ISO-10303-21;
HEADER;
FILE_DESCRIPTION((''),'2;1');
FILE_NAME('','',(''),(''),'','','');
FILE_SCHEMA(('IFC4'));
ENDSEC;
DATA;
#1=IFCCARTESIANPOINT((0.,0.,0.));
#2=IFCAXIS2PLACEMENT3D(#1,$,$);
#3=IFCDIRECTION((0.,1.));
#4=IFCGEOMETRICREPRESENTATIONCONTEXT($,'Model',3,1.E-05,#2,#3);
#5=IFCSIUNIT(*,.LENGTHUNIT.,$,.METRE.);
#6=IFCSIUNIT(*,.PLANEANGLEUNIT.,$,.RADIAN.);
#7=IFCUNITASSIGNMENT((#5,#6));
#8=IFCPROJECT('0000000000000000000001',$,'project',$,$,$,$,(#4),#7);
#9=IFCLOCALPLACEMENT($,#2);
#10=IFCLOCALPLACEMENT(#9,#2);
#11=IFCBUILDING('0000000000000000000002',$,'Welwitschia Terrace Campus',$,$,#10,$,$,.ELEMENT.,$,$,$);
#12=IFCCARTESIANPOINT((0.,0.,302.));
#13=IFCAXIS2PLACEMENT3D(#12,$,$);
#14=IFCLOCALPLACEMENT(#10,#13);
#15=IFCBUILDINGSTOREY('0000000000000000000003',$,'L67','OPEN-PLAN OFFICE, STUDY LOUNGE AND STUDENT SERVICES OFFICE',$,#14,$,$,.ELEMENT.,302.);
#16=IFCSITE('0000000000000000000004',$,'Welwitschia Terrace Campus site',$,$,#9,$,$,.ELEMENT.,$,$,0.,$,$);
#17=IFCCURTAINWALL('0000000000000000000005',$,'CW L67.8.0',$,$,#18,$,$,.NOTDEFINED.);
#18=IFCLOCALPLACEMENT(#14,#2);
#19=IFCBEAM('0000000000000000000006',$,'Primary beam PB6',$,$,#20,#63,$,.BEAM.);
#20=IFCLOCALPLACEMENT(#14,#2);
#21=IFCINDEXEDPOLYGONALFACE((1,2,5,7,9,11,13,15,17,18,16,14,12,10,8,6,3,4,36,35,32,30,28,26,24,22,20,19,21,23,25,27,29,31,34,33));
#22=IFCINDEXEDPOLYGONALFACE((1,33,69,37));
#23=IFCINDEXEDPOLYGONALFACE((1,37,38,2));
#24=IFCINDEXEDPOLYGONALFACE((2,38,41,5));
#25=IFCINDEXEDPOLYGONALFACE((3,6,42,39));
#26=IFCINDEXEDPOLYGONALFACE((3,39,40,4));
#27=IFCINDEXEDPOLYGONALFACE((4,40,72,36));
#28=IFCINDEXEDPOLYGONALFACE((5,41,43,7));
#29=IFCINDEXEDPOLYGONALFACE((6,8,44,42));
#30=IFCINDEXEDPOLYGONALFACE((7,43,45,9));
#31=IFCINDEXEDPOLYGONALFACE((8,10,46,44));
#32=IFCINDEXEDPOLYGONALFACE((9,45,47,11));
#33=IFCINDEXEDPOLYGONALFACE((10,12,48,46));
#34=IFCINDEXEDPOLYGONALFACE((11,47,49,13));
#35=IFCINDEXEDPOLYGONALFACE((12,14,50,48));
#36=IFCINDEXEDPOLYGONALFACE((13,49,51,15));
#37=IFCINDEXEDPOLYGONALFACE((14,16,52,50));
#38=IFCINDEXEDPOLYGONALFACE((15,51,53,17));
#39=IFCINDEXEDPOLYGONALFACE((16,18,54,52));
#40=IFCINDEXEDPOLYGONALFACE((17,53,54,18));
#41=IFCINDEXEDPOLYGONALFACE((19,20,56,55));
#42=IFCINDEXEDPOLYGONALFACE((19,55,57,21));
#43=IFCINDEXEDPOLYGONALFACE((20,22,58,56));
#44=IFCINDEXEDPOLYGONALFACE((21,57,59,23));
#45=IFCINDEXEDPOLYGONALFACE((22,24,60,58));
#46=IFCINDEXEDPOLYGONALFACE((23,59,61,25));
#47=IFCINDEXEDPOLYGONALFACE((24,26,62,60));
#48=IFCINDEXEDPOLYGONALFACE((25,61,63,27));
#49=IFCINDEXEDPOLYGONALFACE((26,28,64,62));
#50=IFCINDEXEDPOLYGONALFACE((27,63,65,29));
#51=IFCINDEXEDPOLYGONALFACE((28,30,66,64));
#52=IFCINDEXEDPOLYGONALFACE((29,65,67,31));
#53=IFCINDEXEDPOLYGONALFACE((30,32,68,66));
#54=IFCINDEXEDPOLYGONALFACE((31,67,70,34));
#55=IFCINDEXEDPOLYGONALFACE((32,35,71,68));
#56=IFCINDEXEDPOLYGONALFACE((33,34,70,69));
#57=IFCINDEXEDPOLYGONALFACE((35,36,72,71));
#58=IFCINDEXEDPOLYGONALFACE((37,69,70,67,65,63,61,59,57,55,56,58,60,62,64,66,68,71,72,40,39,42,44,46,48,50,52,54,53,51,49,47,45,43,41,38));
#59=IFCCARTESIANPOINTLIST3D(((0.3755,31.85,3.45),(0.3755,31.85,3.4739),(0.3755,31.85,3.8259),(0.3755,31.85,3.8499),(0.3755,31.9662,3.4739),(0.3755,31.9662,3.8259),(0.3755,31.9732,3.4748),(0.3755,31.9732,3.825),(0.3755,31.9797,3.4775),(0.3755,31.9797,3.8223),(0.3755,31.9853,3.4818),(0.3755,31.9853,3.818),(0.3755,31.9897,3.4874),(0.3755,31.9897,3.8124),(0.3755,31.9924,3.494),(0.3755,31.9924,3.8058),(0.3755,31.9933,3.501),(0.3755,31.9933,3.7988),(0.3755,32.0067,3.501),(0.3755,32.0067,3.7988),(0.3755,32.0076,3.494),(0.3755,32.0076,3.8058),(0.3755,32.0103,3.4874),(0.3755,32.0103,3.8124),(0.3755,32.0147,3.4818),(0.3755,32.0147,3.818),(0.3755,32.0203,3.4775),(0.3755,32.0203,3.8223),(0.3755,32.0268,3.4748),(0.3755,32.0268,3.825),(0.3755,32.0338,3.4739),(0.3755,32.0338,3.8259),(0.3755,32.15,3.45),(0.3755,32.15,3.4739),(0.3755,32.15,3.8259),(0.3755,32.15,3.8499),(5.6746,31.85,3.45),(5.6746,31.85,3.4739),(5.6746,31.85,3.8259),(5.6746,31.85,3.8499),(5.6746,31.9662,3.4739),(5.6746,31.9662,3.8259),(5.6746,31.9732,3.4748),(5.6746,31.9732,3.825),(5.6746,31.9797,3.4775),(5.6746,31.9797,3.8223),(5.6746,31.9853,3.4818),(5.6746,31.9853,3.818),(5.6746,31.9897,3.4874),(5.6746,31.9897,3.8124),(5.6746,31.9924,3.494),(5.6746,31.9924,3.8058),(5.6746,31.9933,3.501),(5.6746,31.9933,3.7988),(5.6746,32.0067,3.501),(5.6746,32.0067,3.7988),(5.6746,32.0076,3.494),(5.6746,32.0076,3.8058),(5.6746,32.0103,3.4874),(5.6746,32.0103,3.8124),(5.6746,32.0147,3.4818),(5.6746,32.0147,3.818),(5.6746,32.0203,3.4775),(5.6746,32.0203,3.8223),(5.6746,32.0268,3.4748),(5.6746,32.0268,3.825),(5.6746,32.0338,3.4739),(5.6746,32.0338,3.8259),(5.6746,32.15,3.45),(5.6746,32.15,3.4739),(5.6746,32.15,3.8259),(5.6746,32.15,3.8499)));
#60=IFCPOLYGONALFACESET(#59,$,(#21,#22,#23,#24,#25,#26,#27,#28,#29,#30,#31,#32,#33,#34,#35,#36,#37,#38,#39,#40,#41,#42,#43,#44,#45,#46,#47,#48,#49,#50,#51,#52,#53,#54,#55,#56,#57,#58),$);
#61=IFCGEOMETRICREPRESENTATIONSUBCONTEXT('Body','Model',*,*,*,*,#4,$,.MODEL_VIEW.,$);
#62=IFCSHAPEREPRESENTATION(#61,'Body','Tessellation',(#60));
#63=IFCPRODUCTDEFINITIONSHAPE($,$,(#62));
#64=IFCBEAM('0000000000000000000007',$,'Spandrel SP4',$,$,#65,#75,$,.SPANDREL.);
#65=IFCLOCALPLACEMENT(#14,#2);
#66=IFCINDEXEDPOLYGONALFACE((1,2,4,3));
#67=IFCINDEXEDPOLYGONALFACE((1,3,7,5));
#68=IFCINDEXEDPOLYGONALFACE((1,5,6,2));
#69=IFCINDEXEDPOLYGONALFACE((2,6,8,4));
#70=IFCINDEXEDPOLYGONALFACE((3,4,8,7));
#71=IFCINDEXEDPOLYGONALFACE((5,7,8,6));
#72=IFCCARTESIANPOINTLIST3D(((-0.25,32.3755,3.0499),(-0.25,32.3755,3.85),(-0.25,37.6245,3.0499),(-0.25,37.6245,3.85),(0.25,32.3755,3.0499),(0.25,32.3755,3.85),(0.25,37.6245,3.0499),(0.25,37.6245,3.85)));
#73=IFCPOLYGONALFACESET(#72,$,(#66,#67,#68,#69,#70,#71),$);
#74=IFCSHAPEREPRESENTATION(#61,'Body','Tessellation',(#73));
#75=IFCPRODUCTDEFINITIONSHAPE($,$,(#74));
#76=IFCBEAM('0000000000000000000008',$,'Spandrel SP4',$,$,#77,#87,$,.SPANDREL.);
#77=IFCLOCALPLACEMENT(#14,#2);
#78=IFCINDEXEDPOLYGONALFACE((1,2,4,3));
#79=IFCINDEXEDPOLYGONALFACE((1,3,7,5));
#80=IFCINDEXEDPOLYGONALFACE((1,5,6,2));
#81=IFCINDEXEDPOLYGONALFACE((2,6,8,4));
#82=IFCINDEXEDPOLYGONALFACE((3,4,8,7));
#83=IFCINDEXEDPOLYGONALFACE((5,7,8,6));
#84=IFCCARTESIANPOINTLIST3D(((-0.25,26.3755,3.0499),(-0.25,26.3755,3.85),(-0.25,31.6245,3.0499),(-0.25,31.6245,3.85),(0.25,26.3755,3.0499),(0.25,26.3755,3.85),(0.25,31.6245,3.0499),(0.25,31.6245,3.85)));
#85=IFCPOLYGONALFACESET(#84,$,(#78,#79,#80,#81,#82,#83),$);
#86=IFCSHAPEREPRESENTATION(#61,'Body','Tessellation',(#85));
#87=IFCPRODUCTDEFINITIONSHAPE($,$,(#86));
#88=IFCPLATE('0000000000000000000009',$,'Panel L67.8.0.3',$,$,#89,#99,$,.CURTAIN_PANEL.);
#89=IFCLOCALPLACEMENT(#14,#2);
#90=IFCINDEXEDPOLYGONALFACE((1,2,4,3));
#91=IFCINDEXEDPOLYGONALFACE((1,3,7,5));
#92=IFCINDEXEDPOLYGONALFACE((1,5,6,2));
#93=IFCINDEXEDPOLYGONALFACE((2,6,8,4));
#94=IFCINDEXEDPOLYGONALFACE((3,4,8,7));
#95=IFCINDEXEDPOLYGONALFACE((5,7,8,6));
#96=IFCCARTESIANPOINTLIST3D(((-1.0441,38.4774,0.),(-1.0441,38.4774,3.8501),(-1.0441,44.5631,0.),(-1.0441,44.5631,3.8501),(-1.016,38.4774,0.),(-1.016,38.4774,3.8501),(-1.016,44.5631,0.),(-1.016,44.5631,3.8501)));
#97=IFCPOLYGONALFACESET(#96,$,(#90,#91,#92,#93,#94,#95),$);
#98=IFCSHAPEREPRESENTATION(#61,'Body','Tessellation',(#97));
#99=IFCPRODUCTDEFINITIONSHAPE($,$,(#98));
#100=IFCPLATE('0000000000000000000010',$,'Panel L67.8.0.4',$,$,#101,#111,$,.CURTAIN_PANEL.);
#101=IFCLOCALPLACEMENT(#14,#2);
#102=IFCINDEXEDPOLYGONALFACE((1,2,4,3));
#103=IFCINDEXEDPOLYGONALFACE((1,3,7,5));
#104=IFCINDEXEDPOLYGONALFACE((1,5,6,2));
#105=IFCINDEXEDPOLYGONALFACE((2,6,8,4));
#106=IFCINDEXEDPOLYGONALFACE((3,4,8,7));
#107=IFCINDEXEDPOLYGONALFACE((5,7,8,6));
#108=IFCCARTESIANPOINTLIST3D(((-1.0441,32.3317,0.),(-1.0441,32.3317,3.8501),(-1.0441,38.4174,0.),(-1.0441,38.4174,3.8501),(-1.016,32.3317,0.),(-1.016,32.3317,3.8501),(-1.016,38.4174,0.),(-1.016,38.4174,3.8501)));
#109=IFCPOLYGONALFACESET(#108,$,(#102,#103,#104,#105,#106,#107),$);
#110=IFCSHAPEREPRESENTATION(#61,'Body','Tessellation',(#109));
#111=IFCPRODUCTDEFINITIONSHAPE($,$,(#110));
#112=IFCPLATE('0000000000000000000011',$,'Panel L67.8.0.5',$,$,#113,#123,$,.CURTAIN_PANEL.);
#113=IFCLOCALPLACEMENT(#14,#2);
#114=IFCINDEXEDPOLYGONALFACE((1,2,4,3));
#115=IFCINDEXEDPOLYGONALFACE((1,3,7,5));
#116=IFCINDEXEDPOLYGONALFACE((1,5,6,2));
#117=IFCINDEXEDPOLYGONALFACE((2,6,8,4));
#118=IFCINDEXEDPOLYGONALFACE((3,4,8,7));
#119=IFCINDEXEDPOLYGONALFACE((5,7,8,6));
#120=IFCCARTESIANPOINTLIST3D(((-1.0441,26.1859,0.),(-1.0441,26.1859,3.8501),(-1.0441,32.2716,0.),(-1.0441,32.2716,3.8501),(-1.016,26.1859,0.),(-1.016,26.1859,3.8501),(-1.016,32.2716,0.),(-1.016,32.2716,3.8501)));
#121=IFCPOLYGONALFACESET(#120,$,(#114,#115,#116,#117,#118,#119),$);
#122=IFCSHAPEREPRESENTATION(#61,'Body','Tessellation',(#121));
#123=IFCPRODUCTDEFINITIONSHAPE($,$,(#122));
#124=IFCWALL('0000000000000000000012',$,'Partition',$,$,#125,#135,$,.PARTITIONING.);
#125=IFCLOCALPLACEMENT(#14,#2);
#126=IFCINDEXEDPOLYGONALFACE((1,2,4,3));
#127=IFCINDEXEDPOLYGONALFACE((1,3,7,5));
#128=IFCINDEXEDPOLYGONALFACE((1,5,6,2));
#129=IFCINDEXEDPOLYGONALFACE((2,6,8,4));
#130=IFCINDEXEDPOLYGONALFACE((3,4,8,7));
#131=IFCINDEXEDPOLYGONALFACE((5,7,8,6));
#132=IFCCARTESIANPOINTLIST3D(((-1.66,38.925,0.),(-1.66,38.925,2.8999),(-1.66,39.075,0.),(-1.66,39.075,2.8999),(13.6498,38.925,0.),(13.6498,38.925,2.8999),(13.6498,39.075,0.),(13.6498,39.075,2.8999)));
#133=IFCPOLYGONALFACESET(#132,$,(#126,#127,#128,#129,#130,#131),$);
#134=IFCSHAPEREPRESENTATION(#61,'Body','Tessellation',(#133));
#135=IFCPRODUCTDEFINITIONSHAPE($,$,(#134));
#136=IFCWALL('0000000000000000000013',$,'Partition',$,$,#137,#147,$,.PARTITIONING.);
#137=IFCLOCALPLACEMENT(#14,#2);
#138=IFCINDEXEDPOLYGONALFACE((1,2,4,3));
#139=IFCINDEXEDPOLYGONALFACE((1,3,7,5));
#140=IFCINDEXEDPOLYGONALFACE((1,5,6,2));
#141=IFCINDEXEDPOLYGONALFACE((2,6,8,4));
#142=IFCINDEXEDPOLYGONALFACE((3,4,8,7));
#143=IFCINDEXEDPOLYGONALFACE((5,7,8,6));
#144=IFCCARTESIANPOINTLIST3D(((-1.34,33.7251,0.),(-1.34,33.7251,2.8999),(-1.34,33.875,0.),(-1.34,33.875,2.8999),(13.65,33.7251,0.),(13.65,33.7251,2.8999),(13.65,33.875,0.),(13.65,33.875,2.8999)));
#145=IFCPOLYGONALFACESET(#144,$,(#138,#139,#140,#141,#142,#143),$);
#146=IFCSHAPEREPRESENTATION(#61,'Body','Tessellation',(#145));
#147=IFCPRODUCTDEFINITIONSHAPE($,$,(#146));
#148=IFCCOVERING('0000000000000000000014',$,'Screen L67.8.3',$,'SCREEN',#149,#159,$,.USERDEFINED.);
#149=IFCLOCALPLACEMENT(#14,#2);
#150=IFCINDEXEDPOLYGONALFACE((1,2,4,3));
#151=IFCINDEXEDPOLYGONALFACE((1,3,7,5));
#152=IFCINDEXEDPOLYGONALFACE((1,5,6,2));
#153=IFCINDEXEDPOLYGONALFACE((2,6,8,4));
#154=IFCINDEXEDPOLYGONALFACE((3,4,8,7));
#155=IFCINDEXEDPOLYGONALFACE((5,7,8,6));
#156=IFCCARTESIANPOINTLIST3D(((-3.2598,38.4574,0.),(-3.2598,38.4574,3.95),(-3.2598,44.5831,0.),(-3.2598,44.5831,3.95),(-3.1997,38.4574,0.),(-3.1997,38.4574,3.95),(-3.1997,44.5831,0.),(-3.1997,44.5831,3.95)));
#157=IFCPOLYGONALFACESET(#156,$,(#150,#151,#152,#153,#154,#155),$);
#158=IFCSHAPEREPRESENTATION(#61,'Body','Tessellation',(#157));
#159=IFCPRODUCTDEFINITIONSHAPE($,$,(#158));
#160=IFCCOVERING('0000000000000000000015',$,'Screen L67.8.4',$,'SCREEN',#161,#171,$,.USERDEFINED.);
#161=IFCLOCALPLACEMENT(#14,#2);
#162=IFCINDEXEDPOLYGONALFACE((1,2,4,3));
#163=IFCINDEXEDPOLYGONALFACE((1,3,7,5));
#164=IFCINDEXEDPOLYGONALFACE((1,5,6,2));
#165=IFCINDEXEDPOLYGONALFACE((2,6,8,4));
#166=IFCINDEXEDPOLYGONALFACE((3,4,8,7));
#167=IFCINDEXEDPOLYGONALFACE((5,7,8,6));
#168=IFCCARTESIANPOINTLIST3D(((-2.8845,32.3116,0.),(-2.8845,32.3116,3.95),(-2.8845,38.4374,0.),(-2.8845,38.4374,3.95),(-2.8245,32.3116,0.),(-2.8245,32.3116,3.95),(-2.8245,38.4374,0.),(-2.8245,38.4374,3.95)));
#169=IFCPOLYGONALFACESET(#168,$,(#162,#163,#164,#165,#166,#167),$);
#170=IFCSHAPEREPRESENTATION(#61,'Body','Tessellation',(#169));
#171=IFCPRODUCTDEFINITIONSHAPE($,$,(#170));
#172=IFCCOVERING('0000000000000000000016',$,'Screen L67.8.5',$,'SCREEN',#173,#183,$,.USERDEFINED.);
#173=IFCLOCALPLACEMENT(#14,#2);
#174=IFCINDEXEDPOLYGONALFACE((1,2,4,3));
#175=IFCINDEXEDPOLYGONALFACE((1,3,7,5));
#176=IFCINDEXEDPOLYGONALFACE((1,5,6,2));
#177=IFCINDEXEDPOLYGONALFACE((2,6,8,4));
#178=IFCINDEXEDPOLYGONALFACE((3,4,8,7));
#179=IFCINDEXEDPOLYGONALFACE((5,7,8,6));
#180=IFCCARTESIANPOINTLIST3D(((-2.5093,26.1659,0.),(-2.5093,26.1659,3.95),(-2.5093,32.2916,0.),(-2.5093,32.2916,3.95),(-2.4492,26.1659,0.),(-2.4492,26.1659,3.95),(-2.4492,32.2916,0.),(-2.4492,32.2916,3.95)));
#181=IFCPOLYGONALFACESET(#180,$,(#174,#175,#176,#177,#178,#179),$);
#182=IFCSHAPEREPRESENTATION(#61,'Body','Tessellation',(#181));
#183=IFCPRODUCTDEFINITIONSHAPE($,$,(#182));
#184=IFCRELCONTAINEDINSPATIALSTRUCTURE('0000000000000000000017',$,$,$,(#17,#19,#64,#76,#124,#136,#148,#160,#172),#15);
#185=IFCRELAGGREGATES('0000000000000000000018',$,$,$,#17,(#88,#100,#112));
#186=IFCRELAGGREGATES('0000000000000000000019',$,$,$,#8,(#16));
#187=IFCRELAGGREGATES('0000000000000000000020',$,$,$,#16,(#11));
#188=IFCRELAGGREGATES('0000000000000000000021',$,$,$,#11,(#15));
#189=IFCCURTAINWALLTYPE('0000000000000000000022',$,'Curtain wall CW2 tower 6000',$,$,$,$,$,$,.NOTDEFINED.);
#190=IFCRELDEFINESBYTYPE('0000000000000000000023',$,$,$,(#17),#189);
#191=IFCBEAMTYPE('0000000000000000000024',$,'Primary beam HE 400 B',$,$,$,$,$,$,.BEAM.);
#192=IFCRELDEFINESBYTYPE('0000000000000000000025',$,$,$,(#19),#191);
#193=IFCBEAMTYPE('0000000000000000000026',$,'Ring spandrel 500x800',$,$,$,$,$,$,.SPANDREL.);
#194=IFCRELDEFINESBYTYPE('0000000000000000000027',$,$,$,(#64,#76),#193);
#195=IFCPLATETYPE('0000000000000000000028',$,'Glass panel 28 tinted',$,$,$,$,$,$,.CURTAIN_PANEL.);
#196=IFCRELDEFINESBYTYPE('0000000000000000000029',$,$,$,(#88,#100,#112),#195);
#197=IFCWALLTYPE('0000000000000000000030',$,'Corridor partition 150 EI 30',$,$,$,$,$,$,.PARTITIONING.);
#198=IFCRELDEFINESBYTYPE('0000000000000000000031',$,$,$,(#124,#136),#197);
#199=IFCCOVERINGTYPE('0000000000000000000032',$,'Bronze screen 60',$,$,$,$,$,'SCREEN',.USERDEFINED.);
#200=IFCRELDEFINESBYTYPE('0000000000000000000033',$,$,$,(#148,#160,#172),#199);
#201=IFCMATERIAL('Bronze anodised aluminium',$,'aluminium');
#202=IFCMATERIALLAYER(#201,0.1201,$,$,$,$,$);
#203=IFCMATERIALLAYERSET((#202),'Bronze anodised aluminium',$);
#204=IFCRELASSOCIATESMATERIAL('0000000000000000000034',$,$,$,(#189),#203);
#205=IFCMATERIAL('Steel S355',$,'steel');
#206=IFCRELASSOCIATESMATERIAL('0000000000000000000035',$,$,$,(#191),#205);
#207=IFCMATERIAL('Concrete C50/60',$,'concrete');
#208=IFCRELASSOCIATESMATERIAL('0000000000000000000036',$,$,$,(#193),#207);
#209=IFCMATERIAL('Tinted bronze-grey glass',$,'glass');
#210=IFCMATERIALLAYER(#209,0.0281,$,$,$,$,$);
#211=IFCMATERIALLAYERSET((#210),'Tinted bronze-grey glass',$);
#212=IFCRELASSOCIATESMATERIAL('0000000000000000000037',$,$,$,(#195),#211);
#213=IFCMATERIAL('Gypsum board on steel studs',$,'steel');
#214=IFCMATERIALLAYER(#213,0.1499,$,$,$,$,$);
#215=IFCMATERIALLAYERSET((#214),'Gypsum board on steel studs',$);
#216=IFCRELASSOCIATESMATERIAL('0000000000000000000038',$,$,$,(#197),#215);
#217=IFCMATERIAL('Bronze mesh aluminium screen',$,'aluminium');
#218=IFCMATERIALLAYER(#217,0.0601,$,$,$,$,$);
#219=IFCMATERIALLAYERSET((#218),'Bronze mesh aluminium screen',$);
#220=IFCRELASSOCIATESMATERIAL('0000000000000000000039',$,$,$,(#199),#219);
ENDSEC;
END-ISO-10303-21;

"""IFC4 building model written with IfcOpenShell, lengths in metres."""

from ifc_helpers import new_model, si_unit, direction, frame, frame_2d, origin, origin_2d, place, context, subcontext, project, spatial, rectangle, i_section, extrude, material, layer, layer_set, material_profile, profile_set, type_object, element, aggregate, save


model = new_model("IFC4")

# Units and contexts
model_context = context("Model", 3, precision=1e-05, world=origin(), true_north=direction((0.0, 1.0)))
body_context = subcontext(model_context, "Body", "Model", "MODEL_VIEW")
ifc_project = project(units=[si_unit("LENGTHUNIT", "METRE"), si_unit("PLANEANGLEUNIT", "RADIAN")], contexts=[model_context])

# Site, building, storey
site_placement = place(None, origin())
site = spatial("IfcSite", under=ifc_project, at=site_placement, Name="Welwitschia Terrace Campus site", CompositionType="ELEMENT", RefElevation=0.0)
building_placement = place(site_placement, origin())
building = spatial("IfcBuilding", under=site, at=building_placement, Name="Welwitschia Terrace Campus", CompositionType="ELEMENT")
storey_placement = place(building_placement, frame((0.0, 0.0, 302.0)))
storey = spatial("IfcBuildingStorey", under=building, at=storey_placement, Name="L67", Description="OPEN-PLAN OFFICE, STUDY LOUNGE AND STUDENT SERVICES OFFICE", CompositionType="ELEMENT", Elevation=302.0)

# Curtain wall
ifc_material_1 = material(Name="Bronze anodised aluminium", Category="aluminium")
ifc_layer_1 = layer(ifc_material_1, 0.1201)
ifc_layer_set_1 = layer_set([ifc_layer_1], Name="Bronze anodised aluminium")
curtain_wall_type = type_object("IfcCurtainWallType", Name="Curtain wall CW2 tower 6000", PredefinedType="NOTDEFINED", material=ifc_layer_set_1)
curtain_wall_placement = place(storey_placement, origin())
curtain_wall = element("IfcCurtainWall", 1, at=curtain_wall_placement, inside=storey, type_object=curtain_wall_type, Name="CW L67.8.0", PredefinedType="NOTDEFINED")

# Beams
ifc_material_2 = material(Name="Steel S355", Category="steel")
ifc_material_profile_1 = material_profile(ifc_material_2, i_section(OverallWidth=0.3, OverallDepth=0.3999, WebThickness=0.0134, FlangeThickness=0.0239, FilletRadius=0.0271, at=origin_2d()))
ifc_profile_set_1 = profile_set([ifc_material_profile_1], Name="Steel S355")
beam_type_1 = type_object("IfcBeamType", Name="Primary beam HE 400 B", PredefinedType="BEAM", material=ifc_profile_set_1)
beam_1_placement = place(storey_placement, frame((0.3755, 32.0, 3.6499), z_axis=(1.0, 0.0, 0.0), x_axis=(0.0, 1.0, 0.0)))
element("IfcBeam", 2, at=beam_1_placement, inside=storey, type_object=beam_type_1, Name="Primary beam PB6", PredefinedType="BEAM", context=body_context, shape_type="SweptSolid", body=[
    extrude(i_section(OverallWidth=0.3, OverallDepth=0.3999, WebThickness=0.0134, FlangeThickness=0.0239, FilletRadius=0.0271, at=origin_2d()), origin(), (0.0, 0.0, 1.0), 5.2991),
])
ifc_material_3 = material(Name="Concrete C50/60", Category="concrete")
ifc_material_profile_2 = material_profile(ifc_material_3, rectangle(XDim=0.5, YDim=0.8, at=origin_2d()))
ifc_profile_set_2 = profile_set([ifc_material_profile_2], Name="Concrete C50/60")
beam_type_2 = type_object("IfcBeamType", Name="Ring spandrel 500x800", PredefinedType="SPANDREL", material=ifc_profile_set_2)
for number, where, z_axis, x_axis, name in (
    (3, (0.0, 37.6245, 3.45), (0.0, -1.0, 0.0), (1.0, 0.0, 0.0), "Spandrel SP4"),
    (4, (0.0, 31.6245, 3.45), (0.0, -1.0, 0.0), (1.0, 0.0, 0.0), "Spandrel SP4"),
):
    element("IfcBeam", number, at=place(storey_placement, frame(where, z_axis=z_axis, x_axis=x_axis)), inside=storey, type_object=beam_type_2, Name=name, PredefinedType="SPANDREL", context=body_context, shape_type="SweptSolid", body=[
        extrude(rectangle(XDim=0.5, YDim=0.8, at=origin_2d()), origin(), (0.0, 0.0, 1.0), 5.249),
    ])

# Plates
ifc_material_4 = material(Name="Tinted bronze-grey glass", Category="glass")
ifc_layer_2 = layer(ifc_material_4, 0.0281)
ifc_layer_set_2 = layer_set([ifc_layer_2], Name="Tinted bronze-grey glass")
plate_type = type_object("IfcPlateType", Name="Glass panel 28 tinted", PredefinedType="CURTAIN_PANEL", material=ifc_layer_set_2)
plate_1_placement = place(storey_placement, frame((-1.03, 41.5203, 0.0), z_axis=(0.0, 0.0, 1.0), x_axis=(0.0, -1.0, 0.0)))
plate_1 = element("IfcPlate", 5, at=plate_1_placement, type_object=plate_type, Name="Panel L67.8.0.3", PredefinedType="CURTAIN_PANEL", context=body_context, shape_type="SweptSolid", body=[
    extrude(rectangle(XDim=6.0857, YDim=0.0281, at=origin_2d()), origin(), (0.0, 0.0, 1.0), 3.8501),
])
plate_2_placement = place(storey_placement, frame((-1.03, 35.3745, 0.0), z_axis=(0.0, 0.0, 1.0), x_axis=(0.0, -1.0, 0.0)))
plate_2 = element("IfcPlate", 6, at=plate_2_placement, type_object=plate_type, Name="Panel L67.8.0.4", PredefinedType="CURTAIN_PANEL", context=body_context, shape_type="SweptSolid", body=[
    extrude(rectangle(XDim=6.0857, YDim=0.0281, at=origin_2d()), origin(), (0.0, 0.0, 1.0), 3.8501),
])
plate_3_placement = place(storey_placement, frame((-1.03, 29.2288, 0.0), z_axis=(0.0, 0.0, 1.0), x_axis=(0.0, -1.0, 0.0)))
plate_3 = element("IfcPlate", 7, at=plate_3_placement, type_object=plate_type, Name="Panel L67.8.0.5", PredefinedType="CURTAIN_PANEL", context=body_context, shape_type="SweptSolid", body=[
    extrude(rectangle(XDim=6.0857, YDim=0.0281, at=origin_2d()), origin(), (0.0, 0.0, 1.0), 3.8501),
])
aggregate(curtain_wall, [plate_1, plate_2, plate_3])

# Walls
ifc_material_5 = material(Name="Gypsum board on steel studs", Category="steel")
ifc_layer_3 = layer(ifc_material_5, 0.1499)
ifc_layer_set_3 = layer_set([ifc_layer_3], Name="Gypsum board on steel studs")
wall_type = type_object("IfcWallType", Name="Corridor partition 150 EI 30", PredefinedType="PARTITIONING", material=ifc_layer_set_3)
wall_1_placement = place(storey_placement, frame((-1.6599, 39.0, 0.0), z_axis=(0.0, 0.0, 1.0), x_axis=(1.0, 0.0, 0.0)))
element("IfcWall", 8, at=wall_1_placement, inside=storey, type_object=wall_type, Name="Partition", PredefinedType="PARTITIONING", context=body_context, shape_type="SweptSolid", body=[
    extrude(rectangle(XDim=15.3098, YDim=0.1499, at=frame_2d((7.6548, 0.0))), origin(), (0.0, 0.0, 1.0), 2.8999),
])
wall_2_placement = place(storey_placement, frame((-1.3401, 33.8, 0.0), z_axis=(0.0, 0.0, 1.0), x_axis=(1.0, 0.0, 0.0)))
element("IfcWall", 9, at=wall_2_placement, inside=storey, type_object=wall_type, Name="Partition", PredefinedType="PARTITIONING", context=body_context, shape_type="SweptSolid", body=[
    extrude(rectangle(XDim=14.99, YDim=0.1499, at=frame_2d((7.4951, 0.0))), origin(), (0.0, 0.0, 1.0), 2.8999),
])

# Coverings
ifc_material_6 = material(Name="Bronze mesh aluminium screen", Category="aluminium")
ifc_layer_4 = layer(ifc_material_6, 0.0601)
ifc_layer_set_4 = layer_set([ifc_layer_4], Name="Bronze mesh aluminium screen")
covering_type = type_object("IfcCoveringType", Name="Bronze screen 60", ElementType="SCREEN", PredefinedType="USERDEFINED", material=ifc_layer_set_4)
for number, where, z_axis, x_axis, name in (
    (10, (-3.2297, 41.5203, 0.0), (0.0, 0.0, 1.0), (0.0, -1.0, 0.0), "Screen L67.8.3"),
    (11, (-2.8545, 35.3745, 0.0), (0.0, 0.0, 1.0), (0.0, -1.0, 0.0), "Screen L67.8.4"),
    (12, (-2.4792, 29.2288, 0.0), (0.0, 0.0, 1.0), (0.0, -1.0, 0.0), "Screen L67.8.5"),
):
    element("IfcCovering", number, at=place(storey_placement, frame(where, z_axis=z_axis, x_axis=x_axis)), inside=storey, type_object=covering_type, Name=name, ObjectType="SCREEN", PredefinedType="USERDEFINED", context=body_context, shape_type="SweptSolid", body=[
        extrude(rectangle(XDim=6.1257, YDim=0.0601, at=origin_2d()), origin(), (0.0, 0.0, 1.0), 3.95),
    ])

save(model, "model.ifc")
